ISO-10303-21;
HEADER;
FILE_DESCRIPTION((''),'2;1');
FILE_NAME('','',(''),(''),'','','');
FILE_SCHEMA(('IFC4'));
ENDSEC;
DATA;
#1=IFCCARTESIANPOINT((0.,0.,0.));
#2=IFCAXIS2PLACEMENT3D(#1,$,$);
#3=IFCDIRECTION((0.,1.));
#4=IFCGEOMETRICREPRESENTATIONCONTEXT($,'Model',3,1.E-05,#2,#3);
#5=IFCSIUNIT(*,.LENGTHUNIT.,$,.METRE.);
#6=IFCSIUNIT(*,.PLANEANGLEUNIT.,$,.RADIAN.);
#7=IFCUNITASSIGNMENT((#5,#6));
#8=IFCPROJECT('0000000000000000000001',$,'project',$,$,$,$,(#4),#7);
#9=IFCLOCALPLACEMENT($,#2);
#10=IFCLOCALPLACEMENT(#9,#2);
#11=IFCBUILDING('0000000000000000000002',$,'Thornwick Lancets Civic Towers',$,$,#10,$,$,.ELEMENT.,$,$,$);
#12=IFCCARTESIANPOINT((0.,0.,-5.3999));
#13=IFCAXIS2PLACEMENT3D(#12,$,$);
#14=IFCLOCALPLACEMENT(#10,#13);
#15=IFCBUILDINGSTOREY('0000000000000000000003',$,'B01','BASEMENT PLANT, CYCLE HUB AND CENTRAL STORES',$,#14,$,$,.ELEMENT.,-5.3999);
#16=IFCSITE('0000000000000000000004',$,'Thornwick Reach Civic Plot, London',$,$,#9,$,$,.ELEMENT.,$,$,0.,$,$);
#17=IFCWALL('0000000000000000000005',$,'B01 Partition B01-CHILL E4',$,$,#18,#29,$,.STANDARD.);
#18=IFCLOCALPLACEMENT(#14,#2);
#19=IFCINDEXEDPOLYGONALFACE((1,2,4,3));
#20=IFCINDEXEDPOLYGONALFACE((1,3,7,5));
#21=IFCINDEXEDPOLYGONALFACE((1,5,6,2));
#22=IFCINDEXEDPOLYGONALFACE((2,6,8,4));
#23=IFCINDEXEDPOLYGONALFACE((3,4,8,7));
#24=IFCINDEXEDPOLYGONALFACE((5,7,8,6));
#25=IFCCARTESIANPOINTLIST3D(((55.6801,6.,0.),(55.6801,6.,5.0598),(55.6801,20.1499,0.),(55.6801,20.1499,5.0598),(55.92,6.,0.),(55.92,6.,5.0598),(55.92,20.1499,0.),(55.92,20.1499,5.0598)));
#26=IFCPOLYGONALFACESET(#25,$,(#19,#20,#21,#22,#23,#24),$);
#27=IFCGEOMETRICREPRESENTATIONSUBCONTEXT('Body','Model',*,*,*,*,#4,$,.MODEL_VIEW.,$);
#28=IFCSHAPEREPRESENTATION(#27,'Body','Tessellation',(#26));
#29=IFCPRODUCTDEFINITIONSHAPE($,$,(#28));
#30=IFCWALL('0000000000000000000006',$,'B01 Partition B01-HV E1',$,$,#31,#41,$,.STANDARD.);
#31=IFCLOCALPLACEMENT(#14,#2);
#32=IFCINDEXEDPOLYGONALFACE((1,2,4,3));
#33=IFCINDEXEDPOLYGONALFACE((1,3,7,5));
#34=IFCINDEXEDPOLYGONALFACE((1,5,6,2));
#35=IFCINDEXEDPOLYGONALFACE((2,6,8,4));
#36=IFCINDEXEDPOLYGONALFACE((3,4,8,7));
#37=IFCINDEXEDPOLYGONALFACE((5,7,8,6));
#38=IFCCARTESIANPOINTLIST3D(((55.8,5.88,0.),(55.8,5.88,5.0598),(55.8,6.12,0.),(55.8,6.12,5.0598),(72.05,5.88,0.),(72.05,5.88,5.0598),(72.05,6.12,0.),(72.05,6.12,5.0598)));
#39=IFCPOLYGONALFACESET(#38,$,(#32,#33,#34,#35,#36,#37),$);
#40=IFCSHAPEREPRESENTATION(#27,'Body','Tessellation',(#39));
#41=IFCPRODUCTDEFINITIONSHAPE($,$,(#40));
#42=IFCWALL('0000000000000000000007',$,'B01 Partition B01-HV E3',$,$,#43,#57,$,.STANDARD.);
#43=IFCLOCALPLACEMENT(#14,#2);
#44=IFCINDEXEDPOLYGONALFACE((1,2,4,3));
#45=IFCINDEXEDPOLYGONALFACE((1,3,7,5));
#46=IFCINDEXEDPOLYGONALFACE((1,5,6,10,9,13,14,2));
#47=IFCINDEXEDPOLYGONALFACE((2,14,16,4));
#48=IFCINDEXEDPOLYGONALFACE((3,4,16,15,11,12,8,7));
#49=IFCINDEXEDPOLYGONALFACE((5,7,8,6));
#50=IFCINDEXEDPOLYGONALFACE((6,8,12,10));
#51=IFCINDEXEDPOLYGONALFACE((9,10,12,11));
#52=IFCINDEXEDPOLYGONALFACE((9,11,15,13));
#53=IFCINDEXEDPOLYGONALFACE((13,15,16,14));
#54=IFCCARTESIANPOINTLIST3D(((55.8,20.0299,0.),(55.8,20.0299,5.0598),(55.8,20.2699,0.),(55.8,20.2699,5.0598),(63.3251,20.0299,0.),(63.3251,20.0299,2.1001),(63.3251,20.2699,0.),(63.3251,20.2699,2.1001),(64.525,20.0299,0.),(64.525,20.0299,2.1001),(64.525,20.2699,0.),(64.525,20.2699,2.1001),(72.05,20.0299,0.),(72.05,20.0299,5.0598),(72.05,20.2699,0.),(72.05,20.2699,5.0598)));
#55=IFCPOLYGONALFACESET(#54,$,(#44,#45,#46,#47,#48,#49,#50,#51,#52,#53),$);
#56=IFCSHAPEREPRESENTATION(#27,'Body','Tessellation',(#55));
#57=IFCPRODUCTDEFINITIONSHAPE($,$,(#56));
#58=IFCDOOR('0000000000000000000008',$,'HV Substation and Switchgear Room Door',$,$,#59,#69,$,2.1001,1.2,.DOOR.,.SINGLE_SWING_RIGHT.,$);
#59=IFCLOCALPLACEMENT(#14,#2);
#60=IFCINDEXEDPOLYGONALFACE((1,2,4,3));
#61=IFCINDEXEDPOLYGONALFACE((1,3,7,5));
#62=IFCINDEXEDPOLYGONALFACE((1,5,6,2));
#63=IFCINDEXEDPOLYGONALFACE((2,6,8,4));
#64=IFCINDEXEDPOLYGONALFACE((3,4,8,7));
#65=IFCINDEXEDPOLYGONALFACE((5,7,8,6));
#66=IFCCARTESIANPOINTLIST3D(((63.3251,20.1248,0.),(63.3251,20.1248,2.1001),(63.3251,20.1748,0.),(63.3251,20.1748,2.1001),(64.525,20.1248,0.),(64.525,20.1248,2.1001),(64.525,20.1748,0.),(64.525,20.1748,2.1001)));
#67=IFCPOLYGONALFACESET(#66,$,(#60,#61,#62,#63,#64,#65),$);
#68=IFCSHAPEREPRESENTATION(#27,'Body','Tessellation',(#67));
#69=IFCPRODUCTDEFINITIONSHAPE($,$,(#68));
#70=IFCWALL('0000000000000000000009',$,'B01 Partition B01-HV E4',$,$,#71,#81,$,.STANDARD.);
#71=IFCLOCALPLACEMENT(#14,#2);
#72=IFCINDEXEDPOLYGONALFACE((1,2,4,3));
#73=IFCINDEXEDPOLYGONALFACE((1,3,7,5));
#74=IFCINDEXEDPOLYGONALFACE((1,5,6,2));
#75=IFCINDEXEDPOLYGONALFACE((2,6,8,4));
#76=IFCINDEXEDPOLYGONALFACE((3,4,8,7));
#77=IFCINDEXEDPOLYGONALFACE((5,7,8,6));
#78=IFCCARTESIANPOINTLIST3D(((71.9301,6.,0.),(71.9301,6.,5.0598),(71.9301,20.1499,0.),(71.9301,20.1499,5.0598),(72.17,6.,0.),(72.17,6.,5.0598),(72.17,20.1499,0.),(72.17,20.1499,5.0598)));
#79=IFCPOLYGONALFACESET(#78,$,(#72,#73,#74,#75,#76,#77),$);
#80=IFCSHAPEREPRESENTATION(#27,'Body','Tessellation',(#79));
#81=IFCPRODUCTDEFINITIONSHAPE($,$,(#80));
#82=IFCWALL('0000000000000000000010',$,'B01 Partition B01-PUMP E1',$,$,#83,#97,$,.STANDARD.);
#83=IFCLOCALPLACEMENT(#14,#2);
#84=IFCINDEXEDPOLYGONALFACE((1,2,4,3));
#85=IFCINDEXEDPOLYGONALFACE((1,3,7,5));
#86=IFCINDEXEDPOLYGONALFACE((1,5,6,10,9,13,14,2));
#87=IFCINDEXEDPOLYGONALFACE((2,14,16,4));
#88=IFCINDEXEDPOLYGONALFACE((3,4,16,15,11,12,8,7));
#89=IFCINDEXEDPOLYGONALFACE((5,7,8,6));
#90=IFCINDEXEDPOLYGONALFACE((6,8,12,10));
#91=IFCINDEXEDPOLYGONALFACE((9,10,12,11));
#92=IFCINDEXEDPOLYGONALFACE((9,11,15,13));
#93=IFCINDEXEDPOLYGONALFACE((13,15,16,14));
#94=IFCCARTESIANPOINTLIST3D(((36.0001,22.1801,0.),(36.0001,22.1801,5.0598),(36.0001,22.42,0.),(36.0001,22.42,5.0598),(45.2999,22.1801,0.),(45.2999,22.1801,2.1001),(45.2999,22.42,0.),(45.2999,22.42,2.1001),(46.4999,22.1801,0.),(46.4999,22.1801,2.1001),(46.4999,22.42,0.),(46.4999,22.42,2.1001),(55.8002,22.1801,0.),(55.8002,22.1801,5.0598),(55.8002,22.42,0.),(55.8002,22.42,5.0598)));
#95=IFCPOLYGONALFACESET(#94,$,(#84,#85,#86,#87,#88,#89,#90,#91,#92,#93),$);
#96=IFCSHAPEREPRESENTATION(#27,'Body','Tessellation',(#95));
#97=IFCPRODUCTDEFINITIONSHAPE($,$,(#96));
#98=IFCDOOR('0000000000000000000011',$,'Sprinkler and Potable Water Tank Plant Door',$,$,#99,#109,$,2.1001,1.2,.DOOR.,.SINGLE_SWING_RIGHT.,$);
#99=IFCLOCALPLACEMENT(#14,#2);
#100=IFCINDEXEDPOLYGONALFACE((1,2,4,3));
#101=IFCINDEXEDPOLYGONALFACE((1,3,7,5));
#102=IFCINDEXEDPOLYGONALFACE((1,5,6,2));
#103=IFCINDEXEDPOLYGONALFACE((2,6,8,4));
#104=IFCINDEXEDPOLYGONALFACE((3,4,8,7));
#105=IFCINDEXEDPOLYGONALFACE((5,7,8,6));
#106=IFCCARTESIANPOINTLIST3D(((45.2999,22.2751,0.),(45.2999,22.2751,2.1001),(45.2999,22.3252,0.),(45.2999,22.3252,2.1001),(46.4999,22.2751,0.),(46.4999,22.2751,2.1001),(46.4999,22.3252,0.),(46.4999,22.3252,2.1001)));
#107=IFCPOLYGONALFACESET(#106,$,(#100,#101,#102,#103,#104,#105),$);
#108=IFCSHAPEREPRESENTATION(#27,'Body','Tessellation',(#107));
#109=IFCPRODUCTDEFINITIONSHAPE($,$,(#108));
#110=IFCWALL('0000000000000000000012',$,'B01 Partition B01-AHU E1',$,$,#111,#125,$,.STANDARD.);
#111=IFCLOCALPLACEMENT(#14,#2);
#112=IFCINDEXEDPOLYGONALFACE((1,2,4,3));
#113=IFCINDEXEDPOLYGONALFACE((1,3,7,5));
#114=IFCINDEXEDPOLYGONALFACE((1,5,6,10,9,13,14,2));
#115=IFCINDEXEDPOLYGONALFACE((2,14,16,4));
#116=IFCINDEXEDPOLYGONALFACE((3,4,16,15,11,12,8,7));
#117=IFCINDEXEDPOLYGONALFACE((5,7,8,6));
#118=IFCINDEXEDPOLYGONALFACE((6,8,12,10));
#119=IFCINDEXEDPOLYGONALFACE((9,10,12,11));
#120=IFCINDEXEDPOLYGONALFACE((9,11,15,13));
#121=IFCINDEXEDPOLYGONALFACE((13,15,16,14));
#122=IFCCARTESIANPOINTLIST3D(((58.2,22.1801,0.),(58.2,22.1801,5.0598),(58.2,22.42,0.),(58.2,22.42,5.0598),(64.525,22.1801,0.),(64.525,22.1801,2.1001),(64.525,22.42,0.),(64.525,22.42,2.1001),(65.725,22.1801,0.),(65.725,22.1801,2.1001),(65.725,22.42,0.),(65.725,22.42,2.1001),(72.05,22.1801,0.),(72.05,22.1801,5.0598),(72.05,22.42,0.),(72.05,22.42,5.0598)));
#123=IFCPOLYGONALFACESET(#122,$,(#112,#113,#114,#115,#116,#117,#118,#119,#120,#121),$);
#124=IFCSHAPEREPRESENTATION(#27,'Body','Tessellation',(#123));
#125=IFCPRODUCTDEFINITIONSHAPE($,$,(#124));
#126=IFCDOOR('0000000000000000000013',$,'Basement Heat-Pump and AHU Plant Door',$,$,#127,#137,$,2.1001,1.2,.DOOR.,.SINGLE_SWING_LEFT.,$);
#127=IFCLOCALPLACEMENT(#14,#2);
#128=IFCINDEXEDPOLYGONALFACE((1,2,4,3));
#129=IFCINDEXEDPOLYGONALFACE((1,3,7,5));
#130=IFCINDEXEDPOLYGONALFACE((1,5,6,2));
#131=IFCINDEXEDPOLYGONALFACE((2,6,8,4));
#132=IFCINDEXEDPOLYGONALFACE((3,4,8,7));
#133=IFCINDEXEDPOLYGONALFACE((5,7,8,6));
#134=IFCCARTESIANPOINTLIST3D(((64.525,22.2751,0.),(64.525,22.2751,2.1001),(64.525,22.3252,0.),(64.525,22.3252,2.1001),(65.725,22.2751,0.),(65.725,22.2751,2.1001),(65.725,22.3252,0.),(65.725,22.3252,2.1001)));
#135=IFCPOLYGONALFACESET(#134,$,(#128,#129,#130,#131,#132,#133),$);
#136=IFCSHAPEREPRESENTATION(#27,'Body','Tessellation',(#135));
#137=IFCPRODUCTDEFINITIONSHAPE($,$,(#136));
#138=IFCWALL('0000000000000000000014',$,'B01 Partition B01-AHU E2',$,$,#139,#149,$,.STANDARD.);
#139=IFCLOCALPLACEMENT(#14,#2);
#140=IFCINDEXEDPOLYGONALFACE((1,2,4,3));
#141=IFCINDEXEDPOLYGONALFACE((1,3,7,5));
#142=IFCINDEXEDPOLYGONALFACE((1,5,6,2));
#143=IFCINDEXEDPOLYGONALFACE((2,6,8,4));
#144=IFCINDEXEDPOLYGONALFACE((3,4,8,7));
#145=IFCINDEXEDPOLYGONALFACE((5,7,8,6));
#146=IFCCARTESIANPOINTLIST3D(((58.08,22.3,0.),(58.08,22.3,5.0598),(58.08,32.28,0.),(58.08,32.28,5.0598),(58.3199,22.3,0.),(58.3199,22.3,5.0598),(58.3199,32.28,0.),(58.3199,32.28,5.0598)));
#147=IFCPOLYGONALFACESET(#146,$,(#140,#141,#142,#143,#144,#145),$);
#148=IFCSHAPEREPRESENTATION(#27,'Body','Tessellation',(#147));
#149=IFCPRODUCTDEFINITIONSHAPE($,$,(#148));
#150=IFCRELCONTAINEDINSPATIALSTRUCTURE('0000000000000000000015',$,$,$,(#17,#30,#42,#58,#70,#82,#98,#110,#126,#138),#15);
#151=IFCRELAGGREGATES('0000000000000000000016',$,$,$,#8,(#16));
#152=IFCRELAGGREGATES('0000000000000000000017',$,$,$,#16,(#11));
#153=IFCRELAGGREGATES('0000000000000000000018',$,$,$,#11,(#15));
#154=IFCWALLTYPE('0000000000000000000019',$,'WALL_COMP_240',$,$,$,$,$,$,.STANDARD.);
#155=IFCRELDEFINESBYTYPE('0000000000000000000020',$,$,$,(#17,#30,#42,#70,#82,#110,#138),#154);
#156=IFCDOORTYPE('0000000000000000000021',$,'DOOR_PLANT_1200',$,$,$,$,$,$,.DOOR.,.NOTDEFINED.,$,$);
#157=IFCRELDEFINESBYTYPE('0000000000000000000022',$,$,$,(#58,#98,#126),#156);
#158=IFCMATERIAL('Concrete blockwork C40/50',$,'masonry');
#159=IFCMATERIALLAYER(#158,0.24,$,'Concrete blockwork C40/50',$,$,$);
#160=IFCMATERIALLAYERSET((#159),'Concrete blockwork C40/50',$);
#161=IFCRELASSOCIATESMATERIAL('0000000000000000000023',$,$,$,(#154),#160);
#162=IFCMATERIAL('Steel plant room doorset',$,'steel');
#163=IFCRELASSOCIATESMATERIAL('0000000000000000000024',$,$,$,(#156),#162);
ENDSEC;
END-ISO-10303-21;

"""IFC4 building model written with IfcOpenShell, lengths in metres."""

from ifc_helpers import new_model, si_unit, direction, frame, frame_2d, origin, place, context, subcontext, project, spatial, rectangle, extrude, material, layer, layer_set, type_object, element, fill, save


model = new_model("IFC4")

# Units and contexts
model_context = context("Model", 3, precision=1e-05, world=origin(), true_north=direction((0.0, 1.0)))
body_context = subcontext(model_context, "Body", "Model", "MODEL_VIEW")
ifc_project = project(units=[si_unit("LENGTHUNIT", "METRE"), si_unit("PLANEANGLEUNIT", "RADIAN")], contexts=[model_context])

# Site, building, storey
site_placement = place(None, origin())
site = spatial("IfcSite", under=ifc_project, at=site_placement, Name="Thornwick Reach Civic Plot, London", CompositionType="ELEMENT", RefElevation=0.0)
building_placement = place(site_placement, origin())
building = spatial("IfcBuilding", under=site, at=building_placement, Name="Thornwick Lancets Civic Towers", CompositionType="ELEMENT")
storey_placement = place(building_placement, frame((0.0, 0.0, -5.3999)))
storey = spatial("IfcBuildingStorey", under=building, at=storey_placement, Name="B01", Description="BASEMENT PLANT, CYCLE HUB AND CENTRAL STORES", CompositionType="ELEMENT", Elevation=-5.3999)

# Walls
ifc_material_1 = material(Name="Concrete blockwork C40/50", Category="masonry")
ifc_layer = layer(ifc_material_1, 0.24, Name="Concrete blockwork C40/50")
ifc_layer_set = layer_set([ifc_layer], Name="Concrete blockwork C40/50")
wall_type = type_object("IfcWallType", Name="WALL_COMP_240", PredefinedType="STANDARD", material=ifc_layer_set)
wall_1_placement = place(storey_placement, frame((55.8, 20.1499, 0.0), z_axis=(0.0, 0.0, 1.0), x_axis=(0.0, -1.0, 0.0)))
element("IfcWall", 1, at=wall_1_placement, inside=storey, type_object=wall_type, Name="B01 Partition B01-CHILL E4", PredefinedType="STANDARD", context=body_context, shape_type="SweptSolid", body=[
    extrude(rectangle(XDim=14.1499, YDim=0.24, at=frame_2d((7.075, 0.0))), origin(), (0.0, 0.0, 1.0), 5.0598),
])
wall_2_placement = place(storey_placement, frame((72.05, 6.0, 0.0), z_axis=(0.0, 0.0, 1.0), x_axis=(-1.0, 0.0, 0.0)))
element("IfcWall", 2, at=wall_2_placement, inside=storey, type_object=wall_type, Name="B01 Partition B01-HV E1", PredefinedType="STANDARD", context=body_context, shape_type="SweptSolid", body=[
    extrude(rectangle(XDim=16.25, YDim=0.24, at=frame_2d((8.125, 0.0))), origin(), (0.0, 0.0, 1.0), 5.0598),
])

# Wall, opening, door
wall_3_placement = place(storey_placement, frame((55.8, 20.1499, 0.0), z_axis=(0.0, 0.0, 1.0), x_axis=(1.0, 0.0, 0.0)))
wall_3 = element("IfcWall", 3, at=wall_3_placement, inside=storey, type_object=wall_type, Name="B01 Partition B01-HV E3", PredefinedType="STANDARD", context=body_context, shape_type="SweptSolid", body=[
    extrude(rectangle(XDim=16.25, YDim=0.24, at=frame_2d((8.125, 0.0))), origin(), (0.0, 0.0, 1.0), 5.0598),
])
opening_1_placement = place(wall_3_placement, frame((7.5249, 0.0, 0.0)))
opening_1 = element("IfcOpeningElement", 4, at=opening_1_placement, cuts=wall_3, PredefinedType="OPENING", context=body_context, shape_type="SweptSolid", body=[
    extrude(rectangle(XDim=1.2, YDim=2.1001, at=frame_2d((0.6001, 1.05))), frame((0.0, 0.1299, 0.0), z_axis=(0.0, -1.0, 0.0), x_axis=(1.0, 0.0, 0.0)), (0.0, 0.0, 1.0), 0.26),
])
ifc_material_2 = material(Name="Steel plant room doorset", Category="steel")
door_type = type_object("IfcDoorType", Name="DOOR_PLANT_1200", OperationType="NOTDEFINED", PredefinedType="DOOR", material=ifc_material_2)
door_1_placement = place(opening_1_placement, origin())
door_1 = element("IfcDoor", 5, at=door_1_placement, inside=storey, type_object=door_type, Name="HV Substation and Switchgear Room Door", OperationType="SINGLE_SWING_RIGHT", OverallHeight=2.1001, OverallWidth=1.2, PredefinedType="DOOR", context=body_context, shape_type="SweptSolid", body=[
    extrude(rectangle(XDim=1.2, YDim=2.1001, at=frame_2d((0.6001, 1.05))), frame((0.0, 0.0249, 0.0), z_axis=(0.0, -1.0, 0.0), x_axis=(1.0, 0.0, 0.0)), (0.0, 0.0, 1.0), 0.05),
])
fill(opening_1, door_1)

# Wall
wall_4_placement = place(storey_placement, frame((72.05, 20.1499, 0.0), z_axis=(0.0, 0.0, 1.0), x_axis=(0.0, -1.0, 0.0)))
element("IfcWall", 6, at=wall_4_placement, inside=storey, type_object=wall_type, Name="B01 Partition B01-HV E4", PredefinedType="STANDARD", context=body_context, shape_type="SweptSolid", body=[
    extrude(rectangle(XDim=14.1499, YDim=0.24, at=frame_2d((7.075, 0.0))), origin(), (0.0, 0.0, 1.0), 5.0598),
])

# Walls, openings, doors
wall_5_placement = place(storey_placement, frame((55.8, 22.3, 0.0), z_axis=(0.0, 0.0, 1.0), x_axis=(-1.0, 0.0, 0.0)))
wall_5 = element("IfcWall", 7, at=wall_5_placement, inside=storey, type_object=wall_type, Name="B01 Partition B01-PUMP E1", PredefinedType="STANDARD", context=body_context, shape_type="SweptSolid", body=[
    extrude(rectangle(XDim=19.8, YDim=0.24, at=frame_2d((9.8999, 0.0))), origin(), (0.0, 0.0, 1.0), 5.0598),
])
opening_2_placement = place(wall_5_placement, frame((9.3, 0.0, 0.0)))
opening_2 = element("IfcOpeningElement", 8, at=opening_2_placement, cuts=wall_5, PredefinedType="OPENING", context=body_context, shape_type="SweptSolid", body=[
    extrude(rectangle(XDim=1.2, YDim=2.1001, at=frame_2d((0.6001, 1.05))), frame((0.0, 0.1299, 0.0), z_axis=(0.0, -1.0, 0.0), x_axis=(1.0, 0.0, 0.0)), (0.0, 0.0, 1.0), 0.26),
])
door_2_placement = place(opening_2_placement, origin())
door_2 = element("IfcDoor", 9, at=door_2_placement, inside=storey, type_object=door_type, Name="Sprinkler and Potable Water Tank Plant Door", OperationType="SINGLE_SWING_RIGHT", OverallHeight=2.1001, OverallWidth=1.2, PredefinedType="DOOR", context=body_context, shape_type="SweptSolid", body=[
    extrude(rectangle(XDim=1.2, YDim=2.1001, at=frame_2d((0.6001, 1.05))), frame((0.0, 0.0249, 0.0), z_axis=(0.0, -1.0, 0.0), x_axis=(1.0, 0.0, 0.0)), (0.0, 0.0, 1.0), 0.05),
])
fill(opening_2, door_2)
wall_6_placement = place(storey_placement, frame((72.05, 22.3, 0.0), z_axis=(0.0, 0.0, 1.0), x_axis=(-1.0, 0.0, 0.0)))
wall_6 = element("IfcWall", 10, at=wall_6_placement, inside=storey, type_object=wall_type, Name="B01 Partition B01-AHU E1", PredefinedType="STANDARD", context=body_context, shape_type="SweptSolid", body=[
    extrude(rectangle(XDim=13.8501, YDim=0.24, at=frame_2d((6.925, 0.0))), origin(), (0.0, 0.0, 1.0), 5.0598),
])
opening_3_placement = place(wall_6_placement, frame((6.325, 0.0, 0.0)))
opening_3 = element("IfcOpeningElement", 11, at=opening_3_placement, cuts=wall_6, PredefinedType="OPENING", context=body_context, shape_type="SweptSolid", body=[
    extrude(rectangle(XDim=1.2, YDim=2.1001, at=frame_2d((0.6001, 1.05))), frame((0.0, 0.1299, 0.0), z_axis=(0.0, -1.0, 0.0), x_axis=(1.0, 0.0, 0.0)), (0.0, 0.0, 1.0), 0.26),
])
door_3_placement = place(opening_3_placement, origin())
door_3 = element("IfcDoor", 12, at=door_3_placement, inside=storey, type_object=door_type, Name="Basement Heat-Pump and AHU Plant Door", OperationType="SINGLE_SWING_LEFT", OverallHeight=2.1001, OverallWidth=1.2, PredefinedType="DOOR", context=body_context, shape_type="SweptSolid", body=[
    extrude(rectangle(XDim=1.2, YDim=2.1001, at=frame_2d((0.6001, 1.05))), frame((0.0, 0.0249, 0.0), z_axis=(0.0, -1.0, 0.0), x_axis=(1.0, 0.0, 0.0)), (0.0, 0.0, 1.0), 0.05),
])
fill(opening_3, door_3)

# Wall
wall_7_placement = place(storey_placement, frame((58.2, 22.3, 0.0), z_axis=(0.0, 0.0, 1.0), x_axis=(0.0, 1.0, 0.0)))
element("IfcWall", 13, at=wall_7_placement, inside=storey, type_object=wall_type, Name="B01 Partition B01-AHU E2", PredefinedType="STANDARD", context=body_context, shape_type="SweptSolid", body=[
    extrude(rectangle(XDim=9.98, YDim=0.24, at=frame_2d((4.99, 0.0))), origin(), (0.0, 0.0, 1.0), 5.0598),
])

save(model, "model.ifc")
